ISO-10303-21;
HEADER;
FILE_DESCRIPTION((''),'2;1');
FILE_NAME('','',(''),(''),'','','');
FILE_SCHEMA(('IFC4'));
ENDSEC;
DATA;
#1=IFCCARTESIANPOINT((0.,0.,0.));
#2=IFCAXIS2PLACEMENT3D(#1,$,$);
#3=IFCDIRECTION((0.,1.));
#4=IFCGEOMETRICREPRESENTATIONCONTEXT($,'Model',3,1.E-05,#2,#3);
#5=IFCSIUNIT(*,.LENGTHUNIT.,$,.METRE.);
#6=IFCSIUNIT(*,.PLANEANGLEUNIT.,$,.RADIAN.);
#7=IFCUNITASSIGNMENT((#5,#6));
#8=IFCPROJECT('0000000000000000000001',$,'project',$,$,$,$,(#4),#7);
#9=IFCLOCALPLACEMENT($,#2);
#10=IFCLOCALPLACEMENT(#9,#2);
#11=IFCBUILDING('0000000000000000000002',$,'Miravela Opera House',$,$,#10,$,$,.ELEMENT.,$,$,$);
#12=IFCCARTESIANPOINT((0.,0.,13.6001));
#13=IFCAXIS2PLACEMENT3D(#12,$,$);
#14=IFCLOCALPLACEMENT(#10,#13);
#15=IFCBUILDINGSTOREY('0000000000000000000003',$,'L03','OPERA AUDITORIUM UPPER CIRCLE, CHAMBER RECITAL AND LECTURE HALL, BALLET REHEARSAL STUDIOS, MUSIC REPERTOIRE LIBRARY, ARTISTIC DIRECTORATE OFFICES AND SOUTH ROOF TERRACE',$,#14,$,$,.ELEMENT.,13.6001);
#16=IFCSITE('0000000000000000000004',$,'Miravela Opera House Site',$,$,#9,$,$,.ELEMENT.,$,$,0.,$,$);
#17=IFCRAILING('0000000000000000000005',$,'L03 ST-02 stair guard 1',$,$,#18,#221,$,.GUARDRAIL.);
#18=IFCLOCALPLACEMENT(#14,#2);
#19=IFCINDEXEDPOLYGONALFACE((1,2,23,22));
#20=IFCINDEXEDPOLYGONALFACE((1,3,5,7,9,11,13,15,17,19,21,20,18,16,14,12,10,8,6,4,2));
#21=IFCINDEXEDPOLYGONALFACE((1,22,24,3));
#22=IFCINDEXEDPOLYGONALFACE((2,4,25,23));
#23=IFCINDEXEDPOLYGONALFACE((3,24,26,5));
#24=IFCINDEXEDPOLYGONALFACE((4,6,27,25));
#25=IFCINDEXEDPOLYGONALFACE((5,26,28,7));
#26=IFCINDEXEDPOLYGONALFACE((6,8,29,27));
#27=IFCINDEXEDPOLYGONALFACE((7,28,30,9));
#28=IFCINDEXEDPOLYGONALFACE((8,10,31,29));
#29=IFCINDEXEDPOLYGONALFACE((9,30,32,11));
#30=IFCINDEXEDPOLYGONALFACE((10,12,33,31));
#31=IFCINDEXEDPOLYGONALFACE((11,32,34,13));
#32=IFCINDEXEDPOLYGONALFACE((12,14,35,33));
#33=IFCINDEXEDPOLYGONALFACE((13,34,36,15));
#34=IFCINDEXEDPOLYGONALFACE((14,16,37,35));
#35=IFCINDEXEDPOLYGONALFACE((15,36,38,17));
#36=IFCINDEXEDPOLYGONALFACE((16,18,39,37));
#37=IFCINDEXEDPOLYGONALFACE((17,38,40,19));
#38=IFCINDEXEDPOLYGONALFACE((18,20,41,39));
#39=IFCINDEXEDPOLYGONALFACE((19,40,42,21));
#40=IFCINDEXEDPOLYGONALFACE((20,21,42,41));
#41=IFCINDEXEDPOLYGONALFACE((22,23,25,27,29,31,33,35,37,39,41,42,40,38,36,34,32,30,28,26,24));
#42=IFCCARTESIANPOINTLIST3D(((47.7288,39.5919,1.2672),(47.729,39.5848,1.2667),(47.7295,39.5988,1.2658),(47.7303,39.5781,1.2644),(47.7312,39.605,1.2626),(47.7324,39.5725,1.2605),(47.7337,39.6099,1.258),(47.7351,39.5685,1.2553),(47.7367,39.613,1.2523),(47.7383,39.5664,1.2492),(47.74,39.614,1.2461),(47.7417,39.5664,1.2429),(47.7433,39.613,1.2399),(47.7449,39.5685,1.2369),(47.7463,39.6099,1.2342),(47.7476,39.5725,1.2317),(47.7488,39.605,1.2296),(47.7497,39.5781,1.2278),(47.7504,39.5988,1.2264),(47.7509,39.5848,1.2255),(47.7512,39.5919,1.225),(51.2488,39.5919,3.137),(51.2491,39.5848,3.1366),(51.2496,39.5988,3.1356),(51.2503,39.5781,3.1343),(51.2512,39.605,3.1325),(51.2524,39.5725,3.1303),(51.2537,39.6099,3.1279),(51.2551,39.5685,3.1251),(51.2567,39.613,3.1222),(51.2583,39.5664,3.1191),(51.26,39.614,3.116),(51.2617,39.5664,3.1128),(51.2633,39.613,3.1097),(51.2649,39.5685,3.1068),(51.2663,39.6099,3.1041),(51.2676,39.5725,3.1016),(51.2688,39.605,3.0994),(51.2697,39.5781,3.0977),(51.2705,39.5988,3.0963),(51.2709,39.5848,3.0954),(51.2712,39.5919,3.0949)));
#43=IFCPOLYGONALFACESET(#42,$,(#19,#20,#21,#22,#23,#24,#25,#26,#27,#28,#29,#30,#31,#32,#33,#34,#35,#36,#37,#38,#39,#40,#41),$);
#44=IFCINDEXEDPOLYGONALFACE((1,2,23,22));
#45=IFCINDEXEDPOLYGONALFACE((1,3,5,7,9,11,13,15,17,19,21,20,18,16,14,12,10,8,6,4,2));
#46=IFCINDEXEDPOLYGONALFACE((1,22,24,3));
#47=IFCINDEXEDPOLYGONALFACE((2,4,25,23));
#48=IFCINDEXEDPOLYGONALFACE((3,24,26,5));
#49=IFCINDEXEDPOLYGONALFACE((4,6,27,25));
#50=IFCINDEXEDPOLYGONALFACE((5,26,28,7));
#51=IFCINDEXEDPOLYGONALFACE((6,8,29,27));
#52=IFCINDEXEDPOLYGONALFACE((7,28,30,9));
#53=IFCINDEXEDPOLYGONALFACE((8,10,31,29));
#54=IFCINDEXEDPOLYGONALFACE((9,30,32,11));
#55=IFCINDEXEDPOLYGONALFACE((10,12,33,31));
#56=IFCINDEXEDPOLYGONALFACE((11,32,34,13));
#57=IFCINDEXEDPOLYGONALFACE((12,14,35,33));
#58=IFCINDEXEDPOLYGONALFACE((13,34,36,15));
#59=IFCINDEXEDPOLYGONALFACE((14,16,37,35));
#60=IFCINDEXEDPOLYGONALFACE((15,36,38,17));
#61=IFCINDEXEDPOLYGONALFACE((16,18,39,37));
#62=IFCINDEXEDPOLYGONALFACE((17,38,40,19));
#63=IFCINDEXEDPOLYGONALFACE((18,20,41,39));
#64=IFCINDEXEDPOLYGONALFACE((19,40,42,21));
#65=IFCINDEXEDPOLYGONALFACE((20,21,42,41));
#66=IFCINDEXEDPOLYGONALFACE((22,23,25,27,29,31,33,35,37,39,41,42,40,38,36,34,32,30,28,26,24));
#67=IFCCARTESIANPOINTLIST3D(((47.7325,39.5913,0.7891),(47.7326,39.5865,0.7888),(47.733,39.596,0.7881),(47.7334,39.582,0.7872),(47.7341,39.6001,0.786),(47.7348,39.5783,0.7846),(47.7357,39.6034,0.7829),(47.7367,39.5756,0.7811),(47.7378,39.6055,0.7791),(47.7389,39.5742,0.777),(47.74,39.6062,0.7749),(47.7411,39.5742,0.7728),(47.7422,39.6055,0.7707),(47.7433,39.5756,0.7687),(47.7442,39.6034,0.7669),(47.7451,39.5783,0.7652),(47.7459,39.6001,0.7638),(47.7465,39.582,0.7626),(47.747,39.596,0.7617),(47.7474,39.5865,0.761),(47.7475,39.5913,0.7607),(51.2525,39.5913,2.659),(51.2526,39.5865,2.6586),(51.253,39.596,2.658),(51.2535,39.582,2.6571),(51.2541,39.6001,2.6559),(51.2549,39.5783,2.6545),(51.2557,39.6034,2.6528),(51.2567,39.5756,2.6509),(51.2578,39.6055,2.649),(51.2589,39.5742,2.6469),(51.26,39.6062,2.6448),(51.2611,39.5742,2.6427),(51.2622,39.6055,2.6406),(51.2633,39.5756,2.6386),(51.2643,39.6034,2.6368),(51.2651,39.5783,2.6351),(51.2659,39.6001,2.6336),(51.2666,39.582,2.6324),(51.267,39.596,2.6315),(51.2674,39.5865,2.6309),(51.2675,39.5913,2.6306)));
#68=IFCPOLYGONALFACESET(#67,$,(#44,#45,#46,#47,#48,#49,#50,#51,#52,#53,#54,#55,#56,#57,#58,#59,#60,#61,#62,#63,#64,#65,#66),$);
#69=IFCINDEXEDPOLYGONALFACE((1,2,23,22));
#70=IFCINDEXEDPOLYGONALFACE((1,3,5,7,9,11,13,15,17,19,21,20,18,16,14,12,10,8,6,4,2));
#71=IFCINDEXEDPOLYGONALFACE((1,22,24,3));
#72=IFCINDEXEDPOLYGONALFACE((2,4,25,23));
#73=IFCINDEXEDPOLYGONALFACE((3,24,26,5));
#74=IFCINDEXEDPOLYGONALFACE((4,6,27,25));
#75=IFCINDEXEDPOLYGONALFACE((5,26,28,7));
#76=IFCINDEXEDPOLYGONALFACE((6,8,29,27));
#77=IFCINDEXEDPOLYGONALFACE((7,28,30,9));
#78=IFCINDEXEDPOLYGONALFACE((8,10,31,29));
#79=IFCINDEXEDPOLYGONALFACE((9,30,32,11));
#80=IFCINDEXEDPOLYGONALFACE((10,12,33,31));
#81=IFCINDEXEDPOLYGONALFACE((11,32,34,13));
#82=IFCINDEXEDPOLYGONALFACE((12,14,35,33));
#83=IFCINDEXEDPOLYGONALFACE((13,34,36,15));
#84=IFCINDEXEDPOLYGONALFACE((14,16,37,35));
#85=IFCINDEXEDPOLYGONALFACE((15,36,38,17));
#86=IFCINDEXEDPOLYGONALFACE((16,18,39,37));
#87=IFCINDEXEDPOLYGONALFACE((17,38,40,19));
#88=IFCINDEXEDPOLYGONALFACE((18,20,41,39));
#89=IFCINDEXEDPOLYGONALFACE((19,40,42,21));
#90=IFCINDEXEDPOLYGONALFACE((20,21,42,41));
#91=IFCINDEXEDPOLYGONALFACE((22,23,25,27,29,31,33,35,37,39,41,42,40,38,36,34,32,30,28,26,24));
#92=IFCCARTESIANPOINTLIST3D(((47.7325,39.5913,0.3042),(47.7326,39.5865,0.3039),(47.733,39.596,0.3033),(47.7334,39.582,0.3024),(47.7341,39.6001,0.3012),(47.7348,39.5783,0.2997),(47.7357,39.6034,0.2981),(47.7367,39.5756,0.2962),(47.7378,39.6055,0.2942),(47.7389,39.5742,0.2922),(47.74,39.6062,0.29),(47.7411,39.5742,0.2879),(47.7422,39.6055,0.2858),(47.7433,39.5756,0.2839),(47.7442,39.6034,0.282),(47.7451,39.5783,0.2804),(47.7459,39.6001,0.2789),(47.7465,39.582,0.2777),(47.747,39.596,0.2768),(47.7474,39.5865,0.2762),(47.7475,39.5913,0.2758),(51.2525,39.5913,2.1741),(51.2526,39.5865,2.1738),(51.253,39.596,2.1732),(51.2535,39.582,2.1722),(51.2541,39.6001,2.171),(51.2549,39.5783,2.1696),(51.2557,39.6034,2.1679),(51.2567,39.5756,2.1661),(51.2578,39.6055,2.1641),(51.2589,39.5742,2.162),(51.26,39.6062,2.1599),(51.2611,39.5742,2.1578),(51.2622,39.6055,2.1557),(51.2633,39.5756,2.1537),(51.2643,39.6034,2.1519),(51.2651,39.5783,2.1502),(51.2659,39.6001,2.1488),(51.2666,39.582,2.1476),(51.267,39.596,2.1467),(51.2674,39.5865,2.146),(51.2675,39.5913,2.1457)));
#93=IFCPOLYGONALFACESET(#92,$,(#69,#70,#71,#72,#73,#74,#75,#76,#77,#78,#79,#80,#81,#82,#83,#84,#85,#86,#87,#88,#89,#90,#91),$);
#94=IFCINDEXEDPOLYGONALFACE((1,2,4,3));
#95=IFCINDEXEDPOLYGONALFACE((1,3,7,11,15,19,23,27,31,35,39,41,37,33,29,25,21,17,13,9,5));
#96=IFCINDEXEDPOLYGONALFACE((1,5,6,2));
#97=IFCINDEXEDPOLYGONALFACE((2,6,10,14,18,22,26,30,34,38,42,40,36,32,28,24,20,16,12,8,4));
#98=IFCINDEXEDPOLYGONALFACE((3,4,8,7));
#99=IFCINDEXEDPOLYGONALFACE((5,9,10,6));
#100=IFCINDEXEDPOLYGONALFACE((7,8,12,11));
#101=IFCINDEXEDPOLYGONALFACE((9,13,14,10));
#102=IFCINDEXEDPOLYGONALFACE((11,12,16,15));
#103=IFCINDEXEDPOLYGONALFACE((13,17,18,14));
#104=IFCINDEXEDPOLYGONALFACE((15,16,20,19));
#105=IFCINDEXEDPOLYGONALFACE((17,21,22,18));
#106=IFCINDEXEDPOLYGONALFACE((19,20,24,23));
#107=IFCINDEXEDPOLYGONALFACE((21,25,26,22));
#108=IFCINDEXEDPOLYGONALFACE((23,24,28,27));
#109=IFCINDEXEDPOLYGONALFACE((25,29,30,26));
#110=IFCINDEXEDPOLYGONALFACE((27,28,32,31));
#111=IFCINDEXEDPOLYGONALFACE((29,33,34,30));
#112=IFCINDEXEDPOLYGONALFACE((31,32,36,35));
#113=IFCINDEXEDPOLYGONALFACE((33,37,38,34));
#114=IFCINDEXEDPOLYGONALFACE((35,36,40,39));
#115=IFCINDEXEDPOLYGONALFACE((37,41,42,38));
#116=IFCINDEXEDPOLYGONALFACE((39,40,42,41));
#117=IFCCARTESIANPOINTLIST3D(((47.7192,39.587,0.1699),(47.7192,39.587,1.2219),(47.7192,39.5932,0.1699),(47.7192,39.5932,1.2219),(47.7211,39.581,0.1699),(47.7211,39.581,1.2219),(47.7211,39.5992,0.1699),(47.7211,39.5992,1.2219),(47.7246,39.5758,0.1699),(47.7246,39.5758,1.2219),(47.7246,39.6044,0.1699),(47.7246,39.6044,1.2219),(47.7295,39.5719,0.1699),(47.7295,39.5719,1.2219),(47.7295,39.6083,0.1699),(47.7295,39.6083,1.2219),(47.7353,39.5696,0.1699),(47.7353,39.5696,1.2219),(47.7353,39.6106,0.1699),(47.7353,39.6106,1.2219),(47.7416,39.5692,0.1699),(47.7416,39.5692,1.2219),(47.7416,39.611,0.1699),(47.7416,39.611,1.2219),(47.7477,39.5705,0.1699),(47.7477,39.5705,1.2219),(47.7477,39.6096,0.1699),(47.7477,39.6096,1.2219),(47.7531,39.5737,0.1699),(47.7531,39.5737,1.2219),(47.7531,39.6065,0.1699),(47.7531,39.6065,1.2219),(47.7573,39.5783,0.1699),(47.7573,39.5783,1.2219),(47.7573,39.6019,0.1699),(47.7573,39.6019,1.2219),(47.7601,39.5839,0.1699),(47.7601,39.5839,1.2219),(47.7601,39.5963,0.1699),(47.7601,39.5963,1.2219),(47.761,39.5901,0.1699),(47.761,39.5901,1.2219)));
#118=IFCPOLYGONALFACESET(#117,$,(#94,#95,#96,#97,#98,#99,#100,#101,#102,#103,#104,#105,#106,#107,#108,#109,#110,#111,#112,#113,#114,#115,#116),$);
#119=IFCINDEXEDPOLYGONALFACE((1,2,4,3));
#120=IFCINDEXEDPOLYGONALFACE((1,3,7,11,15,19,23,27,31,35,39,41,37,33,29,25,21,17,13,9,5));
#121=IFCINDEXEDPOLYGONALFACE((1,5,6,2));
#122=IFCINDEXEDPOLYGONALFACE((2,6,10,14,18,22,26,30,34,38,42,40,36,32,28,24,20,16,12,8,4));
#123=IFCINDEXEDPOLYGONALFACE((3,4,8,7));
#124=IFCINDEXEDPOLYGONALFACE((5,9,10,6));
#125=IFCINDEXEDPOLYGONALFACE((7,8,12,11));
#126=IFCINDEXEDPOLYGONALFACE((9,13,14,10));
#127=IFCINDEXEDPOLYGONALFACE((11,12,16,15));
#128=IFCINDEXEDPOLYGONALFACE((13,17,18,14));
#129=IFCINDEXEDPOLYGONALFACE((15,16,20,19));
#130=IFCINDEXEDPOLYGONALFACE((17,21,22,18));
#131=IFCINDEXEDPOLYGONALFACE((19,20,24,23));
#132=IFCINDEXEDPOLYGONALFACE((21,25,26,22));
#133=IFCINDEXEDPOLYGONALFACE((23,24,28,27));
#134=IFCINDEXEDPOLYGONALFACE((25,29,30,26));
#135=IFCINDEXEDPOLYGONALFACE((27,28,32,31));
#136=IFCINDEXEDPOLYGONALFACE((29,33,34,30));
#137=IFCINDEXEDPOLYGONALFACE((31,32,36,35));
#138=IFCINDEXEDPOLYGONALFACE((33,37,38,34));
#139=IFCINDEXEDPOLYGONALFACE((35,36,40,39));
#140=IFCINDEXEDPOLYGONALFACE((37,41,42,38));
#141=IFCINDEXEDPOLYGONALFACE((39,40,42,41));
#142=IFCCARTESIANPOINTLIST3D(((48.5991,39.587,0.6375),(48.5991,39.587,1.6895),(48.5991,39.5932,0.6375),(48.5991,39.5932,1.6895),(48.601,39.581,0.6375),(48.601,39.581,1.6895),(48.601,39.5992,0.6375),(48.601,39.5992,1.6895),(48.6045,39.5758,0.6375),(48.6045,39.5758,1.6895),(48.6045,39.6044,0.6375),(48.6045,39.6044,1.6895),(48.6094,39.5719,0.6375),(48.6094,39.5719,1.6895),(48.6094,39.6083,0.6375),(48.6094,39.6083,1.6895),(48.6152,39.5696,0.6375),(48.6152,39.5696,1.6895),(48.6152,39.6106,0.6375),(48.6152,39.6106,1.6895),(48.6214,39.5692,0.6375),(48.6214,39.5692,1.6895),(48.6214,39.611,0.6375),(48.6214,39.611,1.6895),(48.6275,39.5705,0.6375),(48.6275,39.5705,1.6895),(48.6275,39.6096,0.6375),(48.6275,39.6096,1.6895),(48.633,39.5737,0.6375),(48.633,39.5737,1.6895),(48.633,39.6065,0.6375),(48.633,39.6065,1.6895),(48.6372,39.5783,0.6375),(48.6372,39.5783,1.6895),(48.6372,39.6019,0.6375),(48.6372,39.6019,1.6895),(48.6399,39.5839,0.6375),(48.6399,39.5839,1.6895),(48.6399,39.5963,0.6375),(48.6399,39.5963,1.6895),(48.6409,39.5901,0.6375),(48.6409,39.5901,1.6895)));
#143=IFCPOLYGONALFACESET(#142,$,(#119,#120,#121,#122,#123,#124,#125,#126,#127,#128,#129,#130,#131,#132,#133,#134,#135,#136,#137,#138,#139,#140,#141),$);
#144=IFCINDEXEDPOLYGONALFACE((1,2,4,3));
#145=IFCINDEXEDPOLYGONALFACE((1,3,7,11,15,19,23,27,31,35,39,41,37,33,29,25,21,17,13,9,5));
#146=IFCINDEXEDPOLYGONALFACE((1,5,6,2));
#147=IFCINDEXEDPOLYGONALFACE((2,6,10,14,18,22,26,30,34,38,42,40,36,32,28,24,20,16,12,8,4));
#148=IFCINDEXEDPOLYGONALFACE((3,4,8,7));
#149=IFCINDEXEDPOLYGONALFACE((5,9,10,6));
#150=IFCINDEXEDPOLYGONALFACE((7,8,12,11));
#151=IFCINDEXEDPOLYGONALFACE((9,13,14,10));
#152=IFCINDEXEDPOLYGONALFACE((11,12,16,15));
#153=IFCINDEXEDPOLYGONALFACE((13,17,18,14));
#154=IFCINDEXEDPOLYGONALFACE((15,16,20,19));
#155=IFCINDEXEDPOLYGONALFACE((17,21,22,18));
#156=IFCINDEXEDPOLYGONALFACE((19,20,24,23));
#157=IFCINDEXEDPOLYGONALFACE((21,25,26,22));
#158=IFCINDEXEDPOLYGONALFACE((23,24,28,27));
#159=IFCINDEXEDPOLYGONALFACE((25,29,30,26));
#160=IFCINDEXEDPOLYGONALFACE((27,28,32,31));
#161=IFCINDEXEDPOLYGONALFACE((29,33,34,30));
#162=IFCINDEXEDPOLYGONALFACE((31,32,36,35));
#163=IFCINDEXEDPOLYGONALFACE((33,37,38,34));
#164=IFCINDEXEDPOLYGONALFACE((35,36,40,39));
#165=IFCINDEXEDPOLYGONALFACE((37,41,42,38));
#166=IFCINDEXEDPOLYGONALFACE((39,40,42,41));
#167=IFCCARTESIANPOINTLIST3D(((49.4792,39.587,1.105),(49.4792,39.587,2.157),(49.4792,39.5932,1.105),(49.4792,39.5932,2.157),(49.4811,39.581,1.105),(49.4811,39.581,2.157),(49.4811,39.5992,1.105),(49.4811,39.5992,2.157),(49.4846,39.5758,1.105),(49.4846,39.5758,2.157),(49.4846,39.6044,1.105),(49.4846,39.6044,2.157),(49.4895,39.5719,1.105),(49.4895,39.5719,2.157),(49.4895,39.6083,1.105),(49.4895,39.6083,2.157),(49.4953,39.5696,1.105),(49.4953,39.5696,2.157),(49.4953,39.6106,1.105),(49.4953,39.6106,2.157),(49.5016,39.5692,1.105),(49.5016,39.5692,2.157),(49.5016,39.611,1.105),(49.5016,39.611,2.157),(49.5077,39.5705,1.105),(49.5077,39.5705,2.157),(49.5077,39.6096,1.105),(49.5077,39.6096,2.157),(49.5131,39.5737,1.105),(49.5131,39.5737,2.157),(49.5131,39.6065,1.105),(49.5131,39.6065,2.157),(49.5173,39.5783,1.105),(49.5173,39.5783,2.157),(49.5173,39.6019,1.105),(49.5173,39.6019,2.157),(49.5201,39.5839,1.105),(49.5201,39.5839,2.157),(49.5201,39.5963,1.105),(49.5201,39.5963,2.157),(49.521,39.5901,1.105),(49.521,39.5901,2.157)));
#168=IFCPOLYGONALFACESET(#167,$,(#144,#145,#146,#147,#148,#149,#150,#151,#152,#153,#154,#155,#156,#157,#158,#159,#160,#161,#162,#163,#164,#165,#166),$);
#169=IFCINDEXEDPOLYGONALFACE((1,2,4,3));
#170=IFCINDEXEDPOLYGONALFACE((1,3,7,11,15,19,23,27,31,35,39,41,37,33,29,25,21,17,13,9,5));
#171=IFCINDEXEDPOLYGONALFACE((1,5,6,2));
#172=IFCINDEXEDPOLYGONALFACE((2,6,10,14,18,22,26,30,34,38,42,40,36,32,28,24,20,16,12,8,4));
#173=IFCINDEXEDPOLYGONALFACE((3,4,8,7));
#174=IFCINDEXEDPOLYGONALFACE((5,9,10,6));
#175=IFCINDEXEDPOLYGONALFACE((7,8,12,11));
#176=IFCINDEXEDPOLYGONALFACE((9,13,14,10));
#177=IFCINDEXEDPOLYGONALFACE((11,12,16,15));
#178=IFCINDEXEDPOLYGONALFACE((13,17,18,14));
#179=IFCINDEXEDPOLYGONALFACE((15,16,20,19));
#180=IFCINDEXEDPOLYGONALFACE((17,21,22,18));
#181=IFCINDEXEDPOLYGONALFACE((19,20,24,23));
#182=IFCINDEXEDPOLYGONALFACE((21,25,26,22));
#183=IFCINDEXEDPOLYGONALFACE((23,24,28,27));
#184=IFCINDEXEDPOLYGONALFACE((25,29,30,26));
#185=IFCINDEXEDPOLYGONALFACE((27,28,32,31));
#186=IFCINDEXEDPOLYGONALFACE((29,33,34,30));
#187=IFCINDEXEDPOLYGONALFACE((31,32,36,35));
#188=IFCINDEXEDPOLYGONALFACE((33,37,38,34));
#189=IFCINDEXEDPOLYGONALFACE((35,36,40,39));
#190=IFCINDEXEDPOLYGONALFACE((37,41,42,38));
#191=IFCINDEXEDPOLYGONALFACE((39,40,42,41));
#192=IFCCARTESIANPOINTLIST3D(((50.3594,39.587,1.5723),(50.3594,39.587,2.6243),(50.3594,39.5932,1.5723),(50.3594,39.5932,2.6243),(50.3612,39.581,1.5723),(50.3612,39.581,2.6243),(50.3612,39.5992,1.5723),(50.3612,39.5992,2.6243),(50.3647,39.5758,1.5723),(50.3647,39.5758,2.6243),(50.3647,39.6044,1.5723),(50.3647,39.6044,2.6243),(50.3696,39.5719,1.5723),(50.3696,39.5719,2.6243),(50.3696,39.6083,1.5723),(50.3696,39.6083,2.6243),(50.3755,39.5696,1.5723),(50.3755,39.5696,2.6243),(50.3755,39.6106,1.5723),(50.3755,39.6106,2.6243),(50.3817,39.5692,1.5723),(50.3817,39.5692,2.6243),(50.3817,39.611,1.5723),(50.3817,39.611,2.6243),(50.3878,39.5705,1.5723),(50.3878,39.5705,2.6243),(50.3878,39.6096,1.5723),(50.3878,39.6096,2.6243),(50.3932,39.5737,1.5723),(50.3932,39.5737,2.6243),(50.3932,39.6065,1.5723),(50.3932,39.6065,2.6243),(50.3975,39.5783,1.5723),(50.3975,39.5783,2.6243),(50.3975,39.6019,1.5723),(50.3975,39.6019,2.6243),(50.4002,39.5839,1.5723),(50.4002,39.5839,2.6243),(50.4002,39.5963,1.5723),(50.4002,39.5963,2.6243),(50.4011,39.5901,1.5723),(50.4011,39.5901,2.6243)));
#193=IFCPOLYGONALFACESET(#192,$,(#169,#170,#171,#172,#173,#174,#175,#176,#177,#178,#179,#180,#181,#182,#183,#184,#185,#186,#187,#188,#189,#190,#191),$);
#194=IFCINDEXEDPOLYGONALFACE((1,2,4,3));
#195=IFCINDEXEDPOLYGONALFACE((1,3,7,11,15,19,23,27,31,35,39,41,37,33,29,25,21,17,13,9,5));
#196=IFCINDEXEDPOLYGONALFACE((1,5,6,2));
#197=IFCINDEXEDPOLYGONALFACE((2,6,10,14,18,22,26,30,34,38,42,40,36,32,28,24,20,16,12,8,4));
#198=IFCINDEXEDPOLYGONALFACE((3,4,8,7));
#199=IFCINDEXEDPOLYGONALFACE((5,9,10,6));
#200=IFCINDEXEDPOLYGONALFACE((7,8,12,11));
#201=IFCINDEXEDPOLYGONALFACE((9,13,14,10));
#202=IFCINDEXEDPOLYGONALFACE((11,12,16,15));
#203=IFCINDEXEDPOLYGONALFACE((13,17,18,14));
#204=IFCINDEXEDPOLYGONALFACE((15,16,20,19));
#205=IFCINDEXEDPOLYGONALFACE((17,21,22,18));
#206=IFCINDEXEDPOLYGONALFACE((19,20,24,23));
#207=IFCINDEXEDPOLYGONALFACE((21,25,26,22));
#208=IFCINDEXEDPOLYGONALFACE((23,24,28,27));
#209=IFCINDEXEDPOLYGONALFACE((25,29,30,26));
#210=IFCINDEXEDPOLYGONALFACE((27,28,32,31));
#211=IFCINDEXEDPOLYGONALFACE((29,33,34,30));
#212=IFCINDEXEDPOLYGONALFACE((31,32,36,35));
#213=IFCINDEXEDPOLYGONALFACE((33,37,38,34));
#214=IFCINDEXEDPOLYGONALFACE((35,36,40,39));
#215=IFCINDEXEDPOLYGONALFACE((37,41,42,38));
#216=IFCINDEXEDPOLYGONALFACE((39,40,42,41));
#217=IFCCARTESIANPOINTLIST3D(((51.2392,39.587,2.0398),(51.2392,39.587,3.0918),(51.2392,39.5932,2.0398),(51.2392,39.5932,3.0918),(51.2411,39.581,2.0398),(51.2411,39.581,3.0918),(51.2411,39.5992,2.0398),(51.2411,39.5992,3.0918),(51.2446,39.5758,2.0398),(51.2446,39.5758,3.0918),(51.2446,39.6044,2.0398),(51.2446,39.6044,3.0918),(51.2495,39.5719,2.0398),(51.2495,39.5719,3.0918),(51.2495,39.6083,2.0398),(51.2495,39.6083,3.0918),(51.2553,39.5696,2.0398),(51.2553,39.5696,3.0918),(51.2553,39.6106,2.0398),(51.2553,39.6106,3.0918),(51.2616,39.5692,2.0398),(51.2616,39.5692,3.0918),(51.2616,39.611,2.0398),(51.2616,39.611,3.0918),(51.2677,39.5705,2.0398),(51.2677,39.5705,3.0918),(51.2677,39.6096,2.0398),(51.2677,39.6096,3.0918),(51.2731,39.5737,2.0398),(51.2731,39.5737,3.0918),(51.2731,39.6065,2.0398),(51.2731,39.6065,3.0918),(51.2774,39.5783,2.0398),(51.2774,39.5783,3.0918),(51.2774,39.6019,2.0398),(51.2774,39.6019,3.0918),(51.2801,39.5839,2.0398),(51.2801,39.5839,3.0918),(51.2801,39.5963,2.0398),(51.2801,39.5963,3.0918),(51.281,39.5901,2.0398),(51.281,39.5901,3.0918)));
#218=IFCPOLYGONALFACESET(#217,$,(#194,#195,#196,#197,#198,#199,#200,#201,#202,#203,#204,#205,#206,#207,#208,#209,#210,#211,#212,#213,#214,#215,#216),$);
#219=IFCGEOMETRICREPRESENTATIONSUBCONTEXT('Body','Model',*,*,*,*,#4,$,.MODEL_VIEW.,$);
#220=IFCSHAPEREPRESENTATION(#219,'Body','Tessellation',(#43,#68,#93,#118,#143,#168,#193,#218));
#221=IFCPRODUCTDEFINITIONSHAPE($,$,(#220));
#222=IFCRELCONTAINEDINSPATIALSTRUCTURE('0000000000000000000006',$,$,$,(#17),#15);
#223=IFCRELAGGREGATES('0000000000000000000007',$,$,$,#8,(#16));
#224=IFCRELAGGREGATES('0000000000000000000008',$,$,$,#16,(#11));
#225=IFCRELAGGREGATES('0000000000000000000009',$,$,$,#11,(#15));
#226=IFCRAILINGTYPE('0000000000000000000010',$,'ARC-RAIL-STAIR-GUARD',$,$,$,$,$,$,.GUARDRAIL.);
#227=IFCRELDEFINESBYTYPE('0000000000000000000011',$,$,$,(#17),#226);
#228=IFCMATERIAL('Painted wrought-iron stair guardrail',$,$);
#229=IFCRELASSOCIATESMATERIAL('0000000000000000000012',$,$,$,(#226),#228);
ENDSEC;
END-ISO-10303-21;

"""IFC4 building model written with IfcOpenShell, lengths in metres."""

from ifc_helpers import new_model, si_unit, direction, frame, origin, origin_2d, place, context, subcontext, project, spatial, circle, extrude, material, type_object, element, save


model = new_model("IFC4")

# Units and contexts
model_context = context("Model", 3, precision=1e-05, world=origin(), true_north=direction((0.0, 1.0)))
body_context = subcontext(model_context, "Body", "Model", "MODEL_VIEW")
ifc_project = project(units=[si_unit("LENGTHUNIT", "METRE"), si_unit("PLANEANGLEUNIT", "RADIAN")], contexts=[model_context])

# Site, building, storey
site_placement = place(None, origin())
site = spatial("IfcSite", under=ifc_project, at=site_placement, Name="Miravela Opera House Site", CompositionType="ELEMENT", RefElevation=0.0)
building_placement = place(site_placement, origin())
building = spatial("IfcBuilding", under=site, at=building_placement, Name="Miravela Opera House", CompositionType="ELEMENT")
storey_placement = place(building_placement, frame((0.0, 0.0, 13.6001)))
storey = spatial("IfcBuildingStorey", under=building, at=storey_placement, Name="L03", Description="OPERA AUDITORIUM UPPER CIRCLE, CHAMBER RECITAL AND LECTURE HALL, BALLET REHEARSAL STUDIOS, MUSIC REPERTOIRE LIBRARY, ARTISTIC DIRECTORATE OFFICES AND SOUTH ROOF TERRACE", CompositionType="ELEMENT", Elevation=13.6001)

# Railing
ifc_material_1 = material(Name="Painted wrought-iron stair guardrail")
railing_type_1 = type_object("IfcRailingType", Name="ARC-RAIL-STAIR-GUARD", PredefinedType="GUARDRAIL", material=ifc_material_1)
railing_1_placement = place(storey_placement, frame((47.74, 39.5901, 0.1699)))
element("IfcRailing", 1, at=railing_1_placement, inside=storey, type_object=railing_type_1, Name="L03 ST-02 stair guard 1", PredefinedType="GUARDRAIL", context=body_context, shape_type="SweptSolid", body=[
    extrude(circle(Radius=0.0239, at=origin_2d()), frame((0.0, 0.0, 1.0762), z_axis=(0.88313, 0.0, 0.469128), x_axis=(0.0, 1.0, 0.0)), (0.0, 0.0, 1.0), 3.9858),
    extrude(circle(Radius=0.0161, at=origin_2d()), frame((0.0, 0.0, 0.605), z_axis=(0.88313, 0.0, 0.469128), x_axis=(0.0, 1.0, 0.0)), (0.0, 0.0, 1.0), 3.9858),
    extrude(circle(Radius=0.0161, at=origin_2d()), frame((0.0, 0.0, 0.1201), z_axis=(0.88313, 0.0, 0.469128), x_axis=(0.0, 1.0, 0.0)), (0.0, 0.0, 1.0), 3.9858),
    extrude(circle(Radius=0.021, at=origin_2d()), origin(), (0.0, 0.0, 1.0), 1.052),
    extrude(circle(Radius=0.021, at=origin_2d()), frame((0.8799, 0.0, 0.4675)), (0.0, 0.0, 1.0), 1.052),
    extrude(circle(Radius=0.021, at=origin_2d()), frame((1.76, 0.0, 0.9351)), (0.0, 0.0, 1.0), 1.052),
    extrude(circle(Radius=0.021, at=origin_2d()), frame((2.6401, 0.0, 1.4023)), (0.0, 0.0, 1.0), 1.052),
    extrude(circle(Radius=0.021, at=origin_2d()), frame((3.52, 0.0, 1.8699)), (0.0, 0.0, 1.0), 1.052),
])

save(model, "model.ifc")
